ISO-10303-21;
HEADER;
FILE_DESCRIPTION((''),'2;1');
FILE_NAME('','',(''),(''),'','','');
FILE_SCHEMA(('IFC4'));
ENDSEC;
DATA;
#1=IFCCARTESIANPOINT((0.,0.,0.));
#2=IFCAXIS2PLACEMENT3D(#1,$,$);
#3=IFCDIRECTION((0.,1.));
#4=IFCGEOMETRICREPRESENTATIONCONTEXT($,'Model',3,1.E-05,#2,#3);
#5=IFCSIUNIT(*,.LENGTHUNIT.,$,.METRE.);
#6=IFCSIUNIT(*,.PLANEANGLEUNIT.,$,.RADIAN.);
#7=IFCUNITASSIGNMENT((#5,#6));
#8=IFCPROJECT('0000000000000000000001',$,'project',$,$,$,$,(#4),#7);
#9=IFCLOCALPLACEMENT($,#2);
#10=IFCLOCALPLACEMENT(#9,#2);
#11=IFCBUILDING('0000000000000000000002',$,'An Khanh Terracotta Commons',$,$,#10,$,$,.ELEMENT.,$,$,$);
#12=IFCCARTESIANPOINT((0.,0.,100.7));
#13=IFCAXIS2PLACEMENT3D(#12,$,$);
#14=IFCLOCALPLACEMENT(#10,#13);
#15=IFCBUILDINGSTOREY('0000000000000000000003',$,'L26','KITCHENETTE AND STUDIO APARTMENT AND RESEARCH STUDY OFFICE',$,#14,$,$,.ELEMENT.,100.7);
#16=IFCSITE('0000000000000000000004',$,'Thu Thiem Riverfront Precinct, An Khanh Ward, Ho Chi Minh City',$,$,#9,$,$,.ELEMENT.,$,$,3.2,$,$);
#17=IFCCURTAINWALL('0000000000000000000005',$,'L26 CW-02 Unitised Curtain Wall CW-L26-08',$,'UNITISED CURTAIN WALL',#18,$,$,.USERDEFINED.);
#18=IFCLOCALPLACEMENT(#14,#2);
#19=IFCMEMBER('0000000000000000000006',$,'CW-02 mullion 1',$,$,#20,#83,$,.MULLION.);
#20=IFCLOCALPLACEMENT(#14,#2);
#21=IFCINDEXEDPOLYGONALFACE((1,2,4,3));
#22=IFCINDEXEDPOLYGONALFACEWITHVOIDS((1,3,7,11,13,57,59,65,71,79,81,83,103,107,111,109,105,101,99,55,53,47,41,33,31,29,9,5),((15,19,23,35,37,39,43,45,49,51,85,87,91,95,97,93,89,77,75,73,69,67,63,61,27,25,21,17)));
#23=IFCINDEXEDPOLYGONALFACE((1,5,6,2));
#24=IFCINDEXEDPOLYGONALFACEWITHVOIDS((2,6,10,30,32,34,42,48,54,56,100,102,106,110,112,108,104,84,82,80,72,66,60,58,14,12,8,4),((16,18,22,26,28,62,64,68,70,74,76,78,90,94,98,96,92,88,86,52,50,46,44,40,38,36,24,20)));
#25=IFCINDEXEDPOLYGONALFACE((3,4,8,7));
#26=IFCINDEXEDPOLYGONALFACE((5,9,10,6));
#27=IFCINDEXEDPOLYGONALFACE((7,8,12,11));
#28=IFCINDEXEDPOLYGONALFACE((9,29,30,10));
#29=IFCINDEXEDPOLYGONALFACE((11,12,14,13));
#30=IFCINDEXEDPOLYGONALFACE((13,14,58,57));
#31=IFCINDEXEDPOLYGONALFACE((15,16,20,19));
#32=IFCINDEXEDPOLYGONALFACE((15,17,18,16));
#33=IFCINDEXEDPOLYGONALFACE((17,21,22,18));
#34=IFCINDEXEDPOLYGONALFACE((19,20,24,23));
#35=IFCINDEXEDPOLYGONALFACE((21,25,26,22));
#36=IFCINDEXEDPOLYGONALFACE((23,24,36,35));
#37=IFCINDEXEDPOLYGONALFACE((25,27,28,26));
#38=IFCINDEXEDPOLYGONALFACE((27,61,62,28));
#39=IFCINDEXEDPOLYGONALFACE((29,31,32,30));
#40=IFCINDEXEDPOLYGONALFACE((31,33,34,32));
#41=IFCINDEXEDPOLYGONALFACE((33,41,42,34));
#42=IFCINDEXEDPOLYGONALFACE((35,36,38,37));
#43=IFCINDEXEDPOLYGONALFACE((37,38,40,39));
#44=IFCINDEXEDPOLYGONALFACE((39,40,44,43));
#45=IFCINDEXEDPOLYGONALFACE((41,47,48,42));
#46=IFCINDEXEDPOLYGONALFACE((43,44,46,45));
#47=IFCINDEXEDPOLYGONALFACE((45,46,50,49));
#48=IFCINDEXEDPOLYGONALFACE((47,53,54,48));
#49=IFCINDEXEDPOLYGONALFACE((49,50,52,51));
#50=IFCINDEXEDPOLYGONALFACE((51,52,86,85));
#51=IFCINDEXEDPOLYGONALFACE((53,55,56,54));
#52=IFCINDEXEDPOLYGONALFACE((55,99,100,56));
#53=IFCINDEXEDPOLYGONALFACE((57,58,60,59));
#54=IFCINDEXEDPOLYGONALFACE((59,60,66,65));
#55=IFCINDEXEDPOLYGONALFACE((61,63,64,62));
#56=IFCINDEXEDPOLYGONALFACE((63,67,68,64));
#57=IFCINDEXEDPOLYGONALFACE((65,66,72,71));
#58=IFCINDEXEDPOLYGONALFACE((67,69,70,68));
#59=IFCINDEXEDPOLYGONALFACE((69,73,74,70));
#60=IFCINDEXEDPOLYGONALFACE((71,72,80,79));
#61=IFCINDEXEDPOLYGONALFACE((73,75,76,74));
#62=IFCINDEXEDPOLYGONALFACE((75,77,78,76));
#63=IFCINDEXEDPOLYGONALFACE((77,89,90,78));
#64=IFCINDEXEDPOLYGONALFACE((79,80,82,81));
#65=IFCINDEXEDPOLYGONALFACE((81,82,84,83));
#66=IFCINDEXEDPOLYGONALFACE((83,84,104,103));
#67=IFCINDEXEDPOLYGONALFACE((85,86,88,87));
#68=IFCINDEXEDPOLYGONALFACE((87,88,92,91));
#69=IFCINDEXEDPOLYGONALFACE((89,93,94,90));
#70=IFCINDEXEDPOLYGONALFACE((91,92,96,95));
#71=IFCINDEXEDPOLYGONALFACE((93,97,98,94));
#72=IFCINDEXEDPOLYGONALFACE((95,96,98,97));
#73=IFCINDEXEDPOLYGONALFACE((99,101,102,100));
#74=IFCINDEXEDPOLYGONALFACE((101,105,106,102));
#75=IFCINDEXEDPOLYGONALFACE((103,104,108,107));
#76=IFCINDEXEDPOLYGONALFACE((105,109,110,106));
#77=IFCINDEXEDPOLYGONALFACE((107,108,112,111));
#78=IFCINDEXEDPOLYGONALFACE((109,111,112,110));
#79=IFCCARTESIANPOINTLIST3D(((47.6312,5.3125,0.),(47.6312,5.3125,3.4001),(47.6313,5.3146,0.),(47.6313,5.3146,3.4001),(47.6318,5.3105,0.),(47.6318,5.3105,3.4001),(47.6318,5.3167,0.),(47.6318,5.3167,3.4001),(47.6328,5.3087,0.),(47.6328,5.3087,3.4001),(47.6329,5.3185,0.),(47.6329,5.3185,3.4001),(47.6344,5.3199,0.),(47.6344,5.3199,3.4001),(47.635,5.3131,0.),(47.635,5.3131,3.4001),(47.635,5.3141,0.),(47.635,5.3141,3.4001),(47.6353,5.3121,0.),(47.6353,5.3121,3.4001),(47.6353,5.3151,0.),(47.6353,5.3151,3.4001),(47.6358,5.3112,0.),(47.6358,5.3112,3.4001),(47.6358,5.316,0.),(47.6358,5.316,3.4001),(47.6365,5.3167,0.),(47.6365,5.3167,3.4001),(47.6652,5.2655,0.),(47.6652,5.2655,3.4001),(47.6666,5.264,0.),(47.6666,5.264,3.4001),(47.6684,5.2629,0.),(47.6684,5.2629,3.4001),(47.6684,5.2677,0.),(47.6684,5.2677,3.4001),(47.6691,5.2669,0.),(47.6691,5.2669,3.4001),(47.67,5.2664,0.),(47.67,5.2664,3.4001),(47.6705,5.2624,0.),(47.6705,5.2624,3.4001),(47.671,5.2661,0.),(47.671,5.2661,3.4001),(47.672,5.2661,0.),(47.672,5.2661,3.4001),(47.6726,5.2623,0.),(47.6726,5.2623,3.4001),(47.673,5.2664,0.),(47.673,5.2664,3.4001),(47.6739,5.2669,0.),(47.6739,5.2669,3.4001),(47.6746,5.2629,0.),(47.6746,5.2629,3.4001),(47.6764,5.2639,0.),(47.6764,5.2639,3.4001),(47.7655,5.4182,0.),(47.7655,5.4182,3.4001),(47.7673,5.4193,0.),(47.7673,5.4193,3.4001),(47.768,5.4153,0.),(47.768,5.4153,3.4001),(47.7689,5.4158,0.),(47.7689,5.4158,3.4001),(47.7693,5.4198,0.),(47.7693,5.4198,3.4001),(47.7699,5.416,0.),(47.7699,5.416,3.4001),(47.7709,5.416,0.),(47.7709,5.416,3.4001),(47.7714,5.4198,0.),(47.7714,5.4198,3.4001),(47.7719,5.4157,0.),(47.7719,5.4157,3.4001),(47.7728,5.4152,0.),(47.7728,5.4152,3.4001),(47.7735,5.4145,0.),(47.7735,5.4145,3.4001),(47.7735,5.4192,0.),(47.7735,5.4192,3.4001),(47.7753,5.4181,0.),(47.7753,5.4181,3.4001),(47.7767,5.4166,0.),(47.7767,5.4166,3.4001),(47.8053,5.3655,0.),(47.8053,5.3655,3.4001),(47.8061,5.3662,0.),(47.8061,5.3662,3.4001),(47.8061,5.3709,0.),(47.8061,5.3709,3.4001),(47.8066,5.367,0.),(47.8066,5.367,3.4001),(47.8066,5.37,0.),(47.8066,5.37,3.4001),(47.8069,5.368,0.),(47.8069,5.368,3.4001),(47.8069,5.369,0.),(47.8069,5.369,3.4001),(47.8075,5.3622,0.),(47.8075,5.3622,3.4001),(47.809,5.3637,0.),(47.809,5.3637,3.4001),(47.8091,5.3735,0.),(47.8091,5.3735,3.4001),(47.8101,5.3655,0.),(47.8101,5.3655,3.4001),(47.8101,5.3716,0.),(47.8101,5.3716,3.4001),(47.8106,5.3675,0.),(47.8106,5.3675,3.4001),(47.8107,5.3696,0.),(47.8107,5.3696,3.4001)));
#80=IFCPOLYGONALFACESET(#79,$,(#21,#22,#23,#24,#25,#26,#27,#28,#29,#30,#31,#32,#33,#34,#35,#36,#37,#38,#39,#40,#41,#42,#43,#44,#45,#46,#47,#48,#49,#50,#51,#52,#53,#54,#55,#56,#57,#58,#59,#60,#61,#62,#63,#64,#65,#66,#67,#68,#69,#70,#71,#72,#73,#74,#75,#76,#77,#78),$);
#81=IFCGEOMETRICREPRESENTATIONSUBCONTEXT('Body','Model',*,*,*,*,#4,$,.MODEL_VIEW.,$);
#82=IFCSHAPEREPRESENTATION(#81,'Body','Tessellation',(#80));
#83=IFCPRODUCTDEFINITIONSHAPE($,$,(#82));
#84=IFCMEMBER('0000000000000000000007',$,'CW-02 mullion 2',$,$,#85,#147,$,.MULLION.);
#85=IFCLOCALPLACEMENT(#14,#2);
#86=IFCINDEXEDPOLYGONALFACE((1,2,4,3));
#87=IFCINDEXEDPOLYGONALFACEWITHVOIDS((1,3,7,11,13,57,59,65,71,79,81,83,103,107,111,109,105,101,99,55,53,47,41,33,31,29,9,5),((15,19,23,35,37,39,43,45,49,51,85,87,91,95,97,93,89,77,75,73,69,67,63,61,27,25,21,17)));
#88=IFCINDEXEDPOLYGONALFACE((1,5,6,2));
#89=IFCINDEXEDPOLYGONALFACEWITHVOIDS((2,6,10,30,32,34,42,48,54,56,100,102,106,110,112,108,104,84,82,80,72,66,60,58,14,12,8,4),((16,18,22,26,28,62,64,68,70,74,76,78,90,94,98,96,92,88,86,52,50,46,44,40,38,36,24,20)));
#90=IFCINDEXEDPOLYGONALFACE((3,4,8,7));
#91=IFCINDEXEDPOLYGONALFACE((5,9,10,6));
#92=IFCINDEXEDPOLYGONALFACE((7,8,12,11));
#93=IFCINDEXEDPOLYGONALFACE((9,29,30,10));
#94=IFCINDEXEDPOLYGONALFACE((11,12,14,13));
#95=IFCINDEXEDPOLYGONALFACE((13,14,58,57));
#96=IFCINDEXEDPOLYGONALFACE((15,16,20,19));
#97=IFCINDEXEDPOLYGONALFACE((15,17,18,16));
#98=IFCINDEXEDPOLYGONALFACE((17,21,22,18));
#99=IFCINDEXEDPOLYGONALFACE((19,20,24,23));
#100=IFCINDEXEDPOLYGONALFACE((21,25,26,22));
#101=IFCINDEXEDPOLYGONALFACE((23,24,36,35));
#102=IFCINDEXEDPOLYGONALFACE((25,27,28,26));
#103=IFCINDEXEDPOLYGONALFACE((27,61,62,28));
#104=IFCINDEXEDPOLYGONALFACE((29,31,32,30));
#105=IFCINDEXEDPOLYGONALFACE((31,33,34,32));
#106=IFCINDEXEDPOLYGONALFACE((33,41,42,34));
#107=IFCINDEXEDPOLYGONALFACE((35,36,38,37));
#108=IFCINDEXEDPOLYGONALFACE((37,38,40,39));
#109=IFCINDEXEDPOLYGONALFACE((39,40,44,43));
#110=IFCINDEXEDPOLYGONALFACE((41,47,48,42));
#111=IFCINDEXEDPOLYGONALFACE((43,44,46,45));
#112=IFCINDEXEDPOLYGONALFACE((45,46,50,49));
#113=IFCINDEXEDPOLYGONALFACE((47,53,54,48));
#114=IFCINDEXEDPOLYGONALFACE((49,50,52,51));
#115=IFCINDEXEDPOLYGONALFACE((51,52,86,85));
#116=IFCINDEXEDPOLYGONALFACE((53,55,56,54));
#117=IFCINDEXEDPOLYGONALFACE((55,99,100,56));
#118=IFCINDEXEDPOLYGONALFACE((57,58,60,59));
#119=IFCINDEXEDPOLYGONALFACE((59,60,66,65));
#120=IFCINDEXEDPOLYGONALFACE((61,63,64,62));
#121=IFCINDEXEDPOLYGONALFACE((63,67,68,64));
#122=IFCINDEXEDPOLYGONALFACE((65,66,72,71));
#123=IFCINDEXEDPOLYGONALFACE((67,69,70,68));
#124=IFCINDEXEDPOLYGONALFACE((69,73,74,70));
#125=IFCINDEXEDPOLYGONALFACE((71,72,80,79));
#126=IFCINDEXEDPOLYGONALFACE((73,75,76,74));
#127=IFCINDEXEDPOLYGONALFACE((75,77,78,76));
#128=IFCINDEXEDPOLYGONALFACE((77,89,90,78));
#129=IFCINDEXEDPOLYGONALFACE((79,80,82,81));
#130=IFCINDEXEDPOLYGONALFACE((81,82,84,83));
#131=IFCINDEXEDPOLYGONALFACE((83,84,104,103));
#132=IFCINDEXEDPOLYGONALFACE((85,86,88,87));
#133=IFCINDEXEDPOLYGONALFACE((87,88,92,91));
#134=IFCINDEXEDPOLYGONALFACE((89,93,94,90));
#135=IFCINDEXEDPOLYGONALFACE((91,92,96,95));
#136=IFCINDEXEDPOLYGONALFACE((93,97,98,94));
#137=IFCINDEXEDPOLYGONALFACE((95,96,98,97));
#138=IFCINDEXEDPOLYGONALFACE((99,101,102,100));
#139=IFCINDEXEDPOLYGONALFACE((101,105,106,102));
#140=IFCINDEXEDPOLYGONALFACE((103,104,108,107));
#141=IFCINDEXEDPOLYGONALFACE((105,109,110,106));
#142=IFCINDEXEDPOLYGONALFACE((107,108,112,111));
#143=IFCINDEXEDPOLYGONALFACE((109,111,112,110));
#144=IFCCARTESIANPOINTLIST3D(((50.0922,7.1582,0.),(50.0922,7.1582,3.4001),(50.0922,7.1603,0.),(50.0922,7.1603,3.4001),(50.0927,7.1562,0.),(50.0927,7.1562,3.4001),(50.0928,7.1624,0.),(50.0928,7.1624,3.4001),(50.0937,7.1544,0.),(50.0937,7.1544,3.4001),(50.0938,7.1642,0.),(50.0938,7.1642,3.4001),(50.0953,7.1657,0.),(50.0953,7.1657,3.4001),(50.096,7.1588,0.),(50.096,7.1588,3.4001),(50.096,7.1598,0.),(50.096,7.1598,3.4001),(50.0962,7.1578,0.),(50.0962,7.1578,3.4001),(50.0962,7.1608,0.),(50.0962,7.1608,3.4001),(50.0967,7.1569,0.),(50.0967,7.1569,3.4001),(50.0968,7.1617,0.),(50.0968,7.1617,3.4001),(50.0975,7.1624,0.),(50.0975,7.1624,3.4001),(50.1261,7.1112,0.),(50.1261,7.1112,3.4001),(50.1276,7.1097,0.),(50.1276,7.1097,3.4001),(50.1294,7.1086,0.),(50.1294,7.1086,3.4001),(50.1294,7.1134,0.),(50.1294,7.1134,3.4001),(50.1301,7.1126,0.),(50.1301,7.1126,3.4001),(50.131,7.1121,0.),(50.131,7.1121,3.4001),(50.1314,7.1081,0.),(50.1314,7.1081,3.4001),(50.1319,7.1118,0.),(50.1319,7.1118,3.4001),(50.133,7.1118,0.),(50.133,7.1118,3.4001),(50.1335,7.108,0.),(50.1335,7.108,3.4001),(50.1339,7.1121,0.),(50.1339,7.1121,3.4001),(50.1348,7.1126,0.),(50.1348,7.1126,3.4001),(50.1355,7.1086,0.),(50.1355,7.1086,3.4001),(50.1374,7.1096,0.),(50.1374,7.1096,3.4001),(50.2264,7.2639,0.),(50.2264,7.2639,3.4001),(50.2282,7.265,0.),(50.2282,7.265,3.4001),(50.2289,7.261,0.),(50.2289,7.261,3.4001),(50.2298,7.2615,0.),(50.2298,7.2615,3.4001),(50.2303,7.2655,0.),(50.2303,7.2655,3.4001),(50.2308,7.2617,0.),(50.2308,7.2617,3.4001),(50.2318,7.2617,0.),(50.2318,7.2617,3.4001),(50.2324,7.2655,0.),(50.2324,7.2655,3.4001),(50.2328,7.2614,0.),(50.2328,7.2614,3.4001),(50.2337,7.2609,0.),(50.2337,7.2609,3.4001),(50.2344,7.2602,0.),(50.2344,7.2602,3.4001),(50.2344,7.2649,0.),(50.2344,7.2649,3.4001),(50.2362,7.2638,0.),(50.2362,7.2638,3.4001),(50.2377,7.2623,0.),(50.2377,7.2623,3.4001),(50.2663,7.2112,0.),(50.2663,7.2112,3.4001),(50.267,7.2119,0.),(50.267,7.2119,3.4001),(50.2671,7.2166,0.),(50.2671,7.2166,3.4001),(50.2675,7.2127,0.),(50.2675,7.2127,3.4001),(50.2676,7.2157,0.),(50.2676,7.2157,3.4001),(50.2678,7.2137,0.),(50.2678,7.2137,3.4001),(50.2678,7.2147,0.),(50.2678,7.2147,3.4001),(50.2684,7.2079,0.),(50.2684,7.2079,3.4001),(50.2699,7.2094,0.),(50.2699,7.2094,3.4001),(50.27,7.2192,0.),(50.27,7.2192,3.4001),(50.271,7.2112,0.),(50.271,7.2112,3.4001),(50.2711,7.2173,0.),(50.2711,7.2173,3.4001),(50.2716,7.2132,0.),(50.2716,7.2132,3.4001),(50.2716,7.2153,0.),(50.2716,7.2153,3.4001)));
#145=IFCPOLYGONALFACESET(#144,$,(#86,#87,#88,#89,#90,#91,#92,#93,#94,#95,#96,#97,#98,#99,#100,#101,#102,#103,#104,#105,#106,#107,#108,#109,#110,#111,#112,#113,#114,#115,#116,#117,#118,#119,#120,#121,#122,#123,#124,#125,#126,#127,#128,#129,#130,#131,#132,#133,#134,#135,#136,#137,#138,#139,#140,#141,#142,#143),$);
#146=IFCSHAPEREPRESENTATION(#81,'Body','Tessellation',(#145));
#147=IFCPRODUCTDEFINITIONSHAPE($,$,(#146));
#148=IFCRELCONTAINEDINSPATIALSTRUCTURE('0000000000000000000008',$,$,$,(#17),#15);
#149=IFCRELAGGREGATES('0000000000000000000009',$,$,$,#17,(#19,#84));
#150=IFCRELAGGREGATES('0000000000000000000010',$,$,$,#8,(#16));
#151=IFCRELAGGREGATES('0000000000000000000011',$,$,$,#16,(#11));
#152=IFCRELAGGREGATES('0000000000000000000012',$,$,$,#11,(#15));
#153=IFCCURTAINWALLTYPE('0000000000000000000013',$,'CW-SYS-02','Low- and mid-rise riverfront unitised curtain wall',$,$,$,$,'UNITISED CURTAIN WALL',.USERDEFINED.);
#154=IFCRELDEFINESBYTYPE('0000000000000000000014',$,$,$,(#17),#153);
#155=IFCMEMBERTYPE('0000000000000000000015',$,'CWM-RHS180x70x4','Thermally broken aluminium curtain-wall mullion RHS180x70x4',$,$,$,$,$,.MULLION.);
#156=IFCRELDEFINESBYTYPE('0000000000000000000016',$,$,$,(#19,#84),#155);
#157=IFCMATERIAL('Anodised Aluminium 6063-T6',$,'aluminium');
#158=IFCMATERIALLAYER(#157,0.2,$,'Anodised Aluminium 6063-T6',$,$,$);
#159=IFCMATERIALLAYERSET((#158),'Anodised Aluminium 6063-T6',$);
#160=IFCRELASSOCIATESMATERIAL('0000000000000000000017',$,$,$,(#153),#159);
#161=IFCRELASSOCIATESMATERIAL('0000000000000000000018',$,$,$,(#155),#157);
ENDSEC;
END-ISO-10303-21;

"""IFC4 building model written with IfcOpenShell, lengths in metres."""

from ifc_helpers import new_model, si_unit, direction, frame, origin, origin_2d, place, context, subcontext, project, spatial, hollow_rectangle, extrude, material, layer, layer_set, material_profile, profile_set, type_object, element, aggregate, save


model = new_model("IFC4")

# Units and contexts
model_context = context("Model", 3, precision=1e-05, world=origin(), true_north=direction((0.0, 1.0)))
body_context = subcontext(model_context, "Body", "Model", "MODEL_VIEW")
ifc_project = project(units=[si_unit("LENGTHUNIT", "METRE"), si_unit("PLANEANGLEUNIT", "RADIAN")], contexts=[model_context])

# Site, building, storey
site_placement = place(None, origin())
site = spatial("IfcSite", under=ifc_project, at=site_placement, Name="Thu Thiem Riverfront Precinct, An Khanh Ward, Ho Chi Minh City", CompositionType="ELEMENT", RefElevation=3.2)
building_placement = place(site_placement, origin())
building = spatial("IfcBuilding", under=site, at=building_placement, Name="An Khanh Terracotta Commons", CompositionType="ELEMENT")
storey_placement = place(building_placement, frame((0.0, 0.0, 100.7)))
storey = spatial("IfcBuildingStorey", under=building, at=storey_placement, Name="L26", Description="KITCHENETTE AND STUDIO APARTMENT AND RESEARCH STUDY OFFICE", CompositionType="ELEMENT", Elevation=100.7)

# Curtain wall, members
ifc_material_1 = material(Name="Anodised Aluminium 6063-T6", Category="aluminium")
ifc_layer_1 = layer(ifc_material_1, 0.2, Name="Anodised Aluminium 6063-T6")
ifc_layer_set_1 = layer_set([ifc_layer_1], Name="Anodised Aluminium 6063-T6")
curtain_wall_type = type_object("IfcCurtainWallType", Name="CW-SYS-02", Description="Low- and mid-rise riverfront unitised curtain wall", ElementType="UNITISED CURTAIN WALL", PredefinedType="USERDEFINED", material=ifc_layer_set_1)
curtain_wall_placement = place(storey_placement, origin())
curtain_wall = element("IfcCurtainWall", 1, at=curtain_wall_placement, inside=storey, type_object=curtain_wall_type, Name="L26 CW-02 Unitised Curtain Wall CW-L26-08", ObjectType="UNITISED CURTAIN WALL", PredefinedType="USERDEFINED")
ifc_material_profile_1 = material_profile(ifc_material_1, hollow_rectangle(XDim=0.0701, YDim=0.1799, WallThickness=0.0039, InnerFilletRadius=0.0039, OuterFilletRadius=0.0081, at=origin_2d()), Name="RHS180x70x4")
ifc_profile_set_1 = profile_set([ifc_material_profile_1], Name="Anodised Aluminium 6063-T6")
member_type_1 = type_object("IfcMemberType", Name="CWM-RHS180x70x4", Description="Thermally broken aluminium curtain-wall mullion RHS180x70x4", PredefinedType="MULLION", material=ifc_profile_set_1)
member_1_placement = place(storey_placement, frame((47.7209, 5.3411, 0.0), z_axis=(0.0, 0.0, 1.0), x_axis=(-0.599983, 0.800013, 0.0)))
member_1 = element("IfcMember", 2, at=member_1_placement, type_object=member_type_1, Name="CW-02 mullion 1", PredefinedType="MULLION", context=body_context, shape_type="SweptSolid", body=[
    extrude(hollow_rectangle(XDim=0.0701, YDim=0.1799, WallThickness=0.0039, InnerFilletRadius=0.0039, OuterFilletRadius=0.0081, at=origin_2d()), origin(), (0.0, 0.0, 1.0), 3.4001),
])
member_2_placement = place(storey_placement, frame((50.1819, 7.1868, 0.0), z_axis=(0.0, 0.0, 1.0), x_axis=(-0.599983, 0.800013, 0.0)))
member_2 = element("IfcMember", 3, at=member_2_placement, type_object=member_type_1, Name="CW-02 mullion 2", PredefinedType="MULLION", context=body_context, shape_type="SweptSolid", body=[
    extrude(hollow_rectangle(XDim=0.0701, YDim=0.1799, WallThickness=0.0039, InnerFilletRadius=0.0039, OuterFilletRadius=0.0081, at=origin_2d()), origin(), (0.0, 0.0, 1.0), 3.4001),
])
aggregate(curtain_wall, [member_1, member_2])

save(model, "model.ifc")
